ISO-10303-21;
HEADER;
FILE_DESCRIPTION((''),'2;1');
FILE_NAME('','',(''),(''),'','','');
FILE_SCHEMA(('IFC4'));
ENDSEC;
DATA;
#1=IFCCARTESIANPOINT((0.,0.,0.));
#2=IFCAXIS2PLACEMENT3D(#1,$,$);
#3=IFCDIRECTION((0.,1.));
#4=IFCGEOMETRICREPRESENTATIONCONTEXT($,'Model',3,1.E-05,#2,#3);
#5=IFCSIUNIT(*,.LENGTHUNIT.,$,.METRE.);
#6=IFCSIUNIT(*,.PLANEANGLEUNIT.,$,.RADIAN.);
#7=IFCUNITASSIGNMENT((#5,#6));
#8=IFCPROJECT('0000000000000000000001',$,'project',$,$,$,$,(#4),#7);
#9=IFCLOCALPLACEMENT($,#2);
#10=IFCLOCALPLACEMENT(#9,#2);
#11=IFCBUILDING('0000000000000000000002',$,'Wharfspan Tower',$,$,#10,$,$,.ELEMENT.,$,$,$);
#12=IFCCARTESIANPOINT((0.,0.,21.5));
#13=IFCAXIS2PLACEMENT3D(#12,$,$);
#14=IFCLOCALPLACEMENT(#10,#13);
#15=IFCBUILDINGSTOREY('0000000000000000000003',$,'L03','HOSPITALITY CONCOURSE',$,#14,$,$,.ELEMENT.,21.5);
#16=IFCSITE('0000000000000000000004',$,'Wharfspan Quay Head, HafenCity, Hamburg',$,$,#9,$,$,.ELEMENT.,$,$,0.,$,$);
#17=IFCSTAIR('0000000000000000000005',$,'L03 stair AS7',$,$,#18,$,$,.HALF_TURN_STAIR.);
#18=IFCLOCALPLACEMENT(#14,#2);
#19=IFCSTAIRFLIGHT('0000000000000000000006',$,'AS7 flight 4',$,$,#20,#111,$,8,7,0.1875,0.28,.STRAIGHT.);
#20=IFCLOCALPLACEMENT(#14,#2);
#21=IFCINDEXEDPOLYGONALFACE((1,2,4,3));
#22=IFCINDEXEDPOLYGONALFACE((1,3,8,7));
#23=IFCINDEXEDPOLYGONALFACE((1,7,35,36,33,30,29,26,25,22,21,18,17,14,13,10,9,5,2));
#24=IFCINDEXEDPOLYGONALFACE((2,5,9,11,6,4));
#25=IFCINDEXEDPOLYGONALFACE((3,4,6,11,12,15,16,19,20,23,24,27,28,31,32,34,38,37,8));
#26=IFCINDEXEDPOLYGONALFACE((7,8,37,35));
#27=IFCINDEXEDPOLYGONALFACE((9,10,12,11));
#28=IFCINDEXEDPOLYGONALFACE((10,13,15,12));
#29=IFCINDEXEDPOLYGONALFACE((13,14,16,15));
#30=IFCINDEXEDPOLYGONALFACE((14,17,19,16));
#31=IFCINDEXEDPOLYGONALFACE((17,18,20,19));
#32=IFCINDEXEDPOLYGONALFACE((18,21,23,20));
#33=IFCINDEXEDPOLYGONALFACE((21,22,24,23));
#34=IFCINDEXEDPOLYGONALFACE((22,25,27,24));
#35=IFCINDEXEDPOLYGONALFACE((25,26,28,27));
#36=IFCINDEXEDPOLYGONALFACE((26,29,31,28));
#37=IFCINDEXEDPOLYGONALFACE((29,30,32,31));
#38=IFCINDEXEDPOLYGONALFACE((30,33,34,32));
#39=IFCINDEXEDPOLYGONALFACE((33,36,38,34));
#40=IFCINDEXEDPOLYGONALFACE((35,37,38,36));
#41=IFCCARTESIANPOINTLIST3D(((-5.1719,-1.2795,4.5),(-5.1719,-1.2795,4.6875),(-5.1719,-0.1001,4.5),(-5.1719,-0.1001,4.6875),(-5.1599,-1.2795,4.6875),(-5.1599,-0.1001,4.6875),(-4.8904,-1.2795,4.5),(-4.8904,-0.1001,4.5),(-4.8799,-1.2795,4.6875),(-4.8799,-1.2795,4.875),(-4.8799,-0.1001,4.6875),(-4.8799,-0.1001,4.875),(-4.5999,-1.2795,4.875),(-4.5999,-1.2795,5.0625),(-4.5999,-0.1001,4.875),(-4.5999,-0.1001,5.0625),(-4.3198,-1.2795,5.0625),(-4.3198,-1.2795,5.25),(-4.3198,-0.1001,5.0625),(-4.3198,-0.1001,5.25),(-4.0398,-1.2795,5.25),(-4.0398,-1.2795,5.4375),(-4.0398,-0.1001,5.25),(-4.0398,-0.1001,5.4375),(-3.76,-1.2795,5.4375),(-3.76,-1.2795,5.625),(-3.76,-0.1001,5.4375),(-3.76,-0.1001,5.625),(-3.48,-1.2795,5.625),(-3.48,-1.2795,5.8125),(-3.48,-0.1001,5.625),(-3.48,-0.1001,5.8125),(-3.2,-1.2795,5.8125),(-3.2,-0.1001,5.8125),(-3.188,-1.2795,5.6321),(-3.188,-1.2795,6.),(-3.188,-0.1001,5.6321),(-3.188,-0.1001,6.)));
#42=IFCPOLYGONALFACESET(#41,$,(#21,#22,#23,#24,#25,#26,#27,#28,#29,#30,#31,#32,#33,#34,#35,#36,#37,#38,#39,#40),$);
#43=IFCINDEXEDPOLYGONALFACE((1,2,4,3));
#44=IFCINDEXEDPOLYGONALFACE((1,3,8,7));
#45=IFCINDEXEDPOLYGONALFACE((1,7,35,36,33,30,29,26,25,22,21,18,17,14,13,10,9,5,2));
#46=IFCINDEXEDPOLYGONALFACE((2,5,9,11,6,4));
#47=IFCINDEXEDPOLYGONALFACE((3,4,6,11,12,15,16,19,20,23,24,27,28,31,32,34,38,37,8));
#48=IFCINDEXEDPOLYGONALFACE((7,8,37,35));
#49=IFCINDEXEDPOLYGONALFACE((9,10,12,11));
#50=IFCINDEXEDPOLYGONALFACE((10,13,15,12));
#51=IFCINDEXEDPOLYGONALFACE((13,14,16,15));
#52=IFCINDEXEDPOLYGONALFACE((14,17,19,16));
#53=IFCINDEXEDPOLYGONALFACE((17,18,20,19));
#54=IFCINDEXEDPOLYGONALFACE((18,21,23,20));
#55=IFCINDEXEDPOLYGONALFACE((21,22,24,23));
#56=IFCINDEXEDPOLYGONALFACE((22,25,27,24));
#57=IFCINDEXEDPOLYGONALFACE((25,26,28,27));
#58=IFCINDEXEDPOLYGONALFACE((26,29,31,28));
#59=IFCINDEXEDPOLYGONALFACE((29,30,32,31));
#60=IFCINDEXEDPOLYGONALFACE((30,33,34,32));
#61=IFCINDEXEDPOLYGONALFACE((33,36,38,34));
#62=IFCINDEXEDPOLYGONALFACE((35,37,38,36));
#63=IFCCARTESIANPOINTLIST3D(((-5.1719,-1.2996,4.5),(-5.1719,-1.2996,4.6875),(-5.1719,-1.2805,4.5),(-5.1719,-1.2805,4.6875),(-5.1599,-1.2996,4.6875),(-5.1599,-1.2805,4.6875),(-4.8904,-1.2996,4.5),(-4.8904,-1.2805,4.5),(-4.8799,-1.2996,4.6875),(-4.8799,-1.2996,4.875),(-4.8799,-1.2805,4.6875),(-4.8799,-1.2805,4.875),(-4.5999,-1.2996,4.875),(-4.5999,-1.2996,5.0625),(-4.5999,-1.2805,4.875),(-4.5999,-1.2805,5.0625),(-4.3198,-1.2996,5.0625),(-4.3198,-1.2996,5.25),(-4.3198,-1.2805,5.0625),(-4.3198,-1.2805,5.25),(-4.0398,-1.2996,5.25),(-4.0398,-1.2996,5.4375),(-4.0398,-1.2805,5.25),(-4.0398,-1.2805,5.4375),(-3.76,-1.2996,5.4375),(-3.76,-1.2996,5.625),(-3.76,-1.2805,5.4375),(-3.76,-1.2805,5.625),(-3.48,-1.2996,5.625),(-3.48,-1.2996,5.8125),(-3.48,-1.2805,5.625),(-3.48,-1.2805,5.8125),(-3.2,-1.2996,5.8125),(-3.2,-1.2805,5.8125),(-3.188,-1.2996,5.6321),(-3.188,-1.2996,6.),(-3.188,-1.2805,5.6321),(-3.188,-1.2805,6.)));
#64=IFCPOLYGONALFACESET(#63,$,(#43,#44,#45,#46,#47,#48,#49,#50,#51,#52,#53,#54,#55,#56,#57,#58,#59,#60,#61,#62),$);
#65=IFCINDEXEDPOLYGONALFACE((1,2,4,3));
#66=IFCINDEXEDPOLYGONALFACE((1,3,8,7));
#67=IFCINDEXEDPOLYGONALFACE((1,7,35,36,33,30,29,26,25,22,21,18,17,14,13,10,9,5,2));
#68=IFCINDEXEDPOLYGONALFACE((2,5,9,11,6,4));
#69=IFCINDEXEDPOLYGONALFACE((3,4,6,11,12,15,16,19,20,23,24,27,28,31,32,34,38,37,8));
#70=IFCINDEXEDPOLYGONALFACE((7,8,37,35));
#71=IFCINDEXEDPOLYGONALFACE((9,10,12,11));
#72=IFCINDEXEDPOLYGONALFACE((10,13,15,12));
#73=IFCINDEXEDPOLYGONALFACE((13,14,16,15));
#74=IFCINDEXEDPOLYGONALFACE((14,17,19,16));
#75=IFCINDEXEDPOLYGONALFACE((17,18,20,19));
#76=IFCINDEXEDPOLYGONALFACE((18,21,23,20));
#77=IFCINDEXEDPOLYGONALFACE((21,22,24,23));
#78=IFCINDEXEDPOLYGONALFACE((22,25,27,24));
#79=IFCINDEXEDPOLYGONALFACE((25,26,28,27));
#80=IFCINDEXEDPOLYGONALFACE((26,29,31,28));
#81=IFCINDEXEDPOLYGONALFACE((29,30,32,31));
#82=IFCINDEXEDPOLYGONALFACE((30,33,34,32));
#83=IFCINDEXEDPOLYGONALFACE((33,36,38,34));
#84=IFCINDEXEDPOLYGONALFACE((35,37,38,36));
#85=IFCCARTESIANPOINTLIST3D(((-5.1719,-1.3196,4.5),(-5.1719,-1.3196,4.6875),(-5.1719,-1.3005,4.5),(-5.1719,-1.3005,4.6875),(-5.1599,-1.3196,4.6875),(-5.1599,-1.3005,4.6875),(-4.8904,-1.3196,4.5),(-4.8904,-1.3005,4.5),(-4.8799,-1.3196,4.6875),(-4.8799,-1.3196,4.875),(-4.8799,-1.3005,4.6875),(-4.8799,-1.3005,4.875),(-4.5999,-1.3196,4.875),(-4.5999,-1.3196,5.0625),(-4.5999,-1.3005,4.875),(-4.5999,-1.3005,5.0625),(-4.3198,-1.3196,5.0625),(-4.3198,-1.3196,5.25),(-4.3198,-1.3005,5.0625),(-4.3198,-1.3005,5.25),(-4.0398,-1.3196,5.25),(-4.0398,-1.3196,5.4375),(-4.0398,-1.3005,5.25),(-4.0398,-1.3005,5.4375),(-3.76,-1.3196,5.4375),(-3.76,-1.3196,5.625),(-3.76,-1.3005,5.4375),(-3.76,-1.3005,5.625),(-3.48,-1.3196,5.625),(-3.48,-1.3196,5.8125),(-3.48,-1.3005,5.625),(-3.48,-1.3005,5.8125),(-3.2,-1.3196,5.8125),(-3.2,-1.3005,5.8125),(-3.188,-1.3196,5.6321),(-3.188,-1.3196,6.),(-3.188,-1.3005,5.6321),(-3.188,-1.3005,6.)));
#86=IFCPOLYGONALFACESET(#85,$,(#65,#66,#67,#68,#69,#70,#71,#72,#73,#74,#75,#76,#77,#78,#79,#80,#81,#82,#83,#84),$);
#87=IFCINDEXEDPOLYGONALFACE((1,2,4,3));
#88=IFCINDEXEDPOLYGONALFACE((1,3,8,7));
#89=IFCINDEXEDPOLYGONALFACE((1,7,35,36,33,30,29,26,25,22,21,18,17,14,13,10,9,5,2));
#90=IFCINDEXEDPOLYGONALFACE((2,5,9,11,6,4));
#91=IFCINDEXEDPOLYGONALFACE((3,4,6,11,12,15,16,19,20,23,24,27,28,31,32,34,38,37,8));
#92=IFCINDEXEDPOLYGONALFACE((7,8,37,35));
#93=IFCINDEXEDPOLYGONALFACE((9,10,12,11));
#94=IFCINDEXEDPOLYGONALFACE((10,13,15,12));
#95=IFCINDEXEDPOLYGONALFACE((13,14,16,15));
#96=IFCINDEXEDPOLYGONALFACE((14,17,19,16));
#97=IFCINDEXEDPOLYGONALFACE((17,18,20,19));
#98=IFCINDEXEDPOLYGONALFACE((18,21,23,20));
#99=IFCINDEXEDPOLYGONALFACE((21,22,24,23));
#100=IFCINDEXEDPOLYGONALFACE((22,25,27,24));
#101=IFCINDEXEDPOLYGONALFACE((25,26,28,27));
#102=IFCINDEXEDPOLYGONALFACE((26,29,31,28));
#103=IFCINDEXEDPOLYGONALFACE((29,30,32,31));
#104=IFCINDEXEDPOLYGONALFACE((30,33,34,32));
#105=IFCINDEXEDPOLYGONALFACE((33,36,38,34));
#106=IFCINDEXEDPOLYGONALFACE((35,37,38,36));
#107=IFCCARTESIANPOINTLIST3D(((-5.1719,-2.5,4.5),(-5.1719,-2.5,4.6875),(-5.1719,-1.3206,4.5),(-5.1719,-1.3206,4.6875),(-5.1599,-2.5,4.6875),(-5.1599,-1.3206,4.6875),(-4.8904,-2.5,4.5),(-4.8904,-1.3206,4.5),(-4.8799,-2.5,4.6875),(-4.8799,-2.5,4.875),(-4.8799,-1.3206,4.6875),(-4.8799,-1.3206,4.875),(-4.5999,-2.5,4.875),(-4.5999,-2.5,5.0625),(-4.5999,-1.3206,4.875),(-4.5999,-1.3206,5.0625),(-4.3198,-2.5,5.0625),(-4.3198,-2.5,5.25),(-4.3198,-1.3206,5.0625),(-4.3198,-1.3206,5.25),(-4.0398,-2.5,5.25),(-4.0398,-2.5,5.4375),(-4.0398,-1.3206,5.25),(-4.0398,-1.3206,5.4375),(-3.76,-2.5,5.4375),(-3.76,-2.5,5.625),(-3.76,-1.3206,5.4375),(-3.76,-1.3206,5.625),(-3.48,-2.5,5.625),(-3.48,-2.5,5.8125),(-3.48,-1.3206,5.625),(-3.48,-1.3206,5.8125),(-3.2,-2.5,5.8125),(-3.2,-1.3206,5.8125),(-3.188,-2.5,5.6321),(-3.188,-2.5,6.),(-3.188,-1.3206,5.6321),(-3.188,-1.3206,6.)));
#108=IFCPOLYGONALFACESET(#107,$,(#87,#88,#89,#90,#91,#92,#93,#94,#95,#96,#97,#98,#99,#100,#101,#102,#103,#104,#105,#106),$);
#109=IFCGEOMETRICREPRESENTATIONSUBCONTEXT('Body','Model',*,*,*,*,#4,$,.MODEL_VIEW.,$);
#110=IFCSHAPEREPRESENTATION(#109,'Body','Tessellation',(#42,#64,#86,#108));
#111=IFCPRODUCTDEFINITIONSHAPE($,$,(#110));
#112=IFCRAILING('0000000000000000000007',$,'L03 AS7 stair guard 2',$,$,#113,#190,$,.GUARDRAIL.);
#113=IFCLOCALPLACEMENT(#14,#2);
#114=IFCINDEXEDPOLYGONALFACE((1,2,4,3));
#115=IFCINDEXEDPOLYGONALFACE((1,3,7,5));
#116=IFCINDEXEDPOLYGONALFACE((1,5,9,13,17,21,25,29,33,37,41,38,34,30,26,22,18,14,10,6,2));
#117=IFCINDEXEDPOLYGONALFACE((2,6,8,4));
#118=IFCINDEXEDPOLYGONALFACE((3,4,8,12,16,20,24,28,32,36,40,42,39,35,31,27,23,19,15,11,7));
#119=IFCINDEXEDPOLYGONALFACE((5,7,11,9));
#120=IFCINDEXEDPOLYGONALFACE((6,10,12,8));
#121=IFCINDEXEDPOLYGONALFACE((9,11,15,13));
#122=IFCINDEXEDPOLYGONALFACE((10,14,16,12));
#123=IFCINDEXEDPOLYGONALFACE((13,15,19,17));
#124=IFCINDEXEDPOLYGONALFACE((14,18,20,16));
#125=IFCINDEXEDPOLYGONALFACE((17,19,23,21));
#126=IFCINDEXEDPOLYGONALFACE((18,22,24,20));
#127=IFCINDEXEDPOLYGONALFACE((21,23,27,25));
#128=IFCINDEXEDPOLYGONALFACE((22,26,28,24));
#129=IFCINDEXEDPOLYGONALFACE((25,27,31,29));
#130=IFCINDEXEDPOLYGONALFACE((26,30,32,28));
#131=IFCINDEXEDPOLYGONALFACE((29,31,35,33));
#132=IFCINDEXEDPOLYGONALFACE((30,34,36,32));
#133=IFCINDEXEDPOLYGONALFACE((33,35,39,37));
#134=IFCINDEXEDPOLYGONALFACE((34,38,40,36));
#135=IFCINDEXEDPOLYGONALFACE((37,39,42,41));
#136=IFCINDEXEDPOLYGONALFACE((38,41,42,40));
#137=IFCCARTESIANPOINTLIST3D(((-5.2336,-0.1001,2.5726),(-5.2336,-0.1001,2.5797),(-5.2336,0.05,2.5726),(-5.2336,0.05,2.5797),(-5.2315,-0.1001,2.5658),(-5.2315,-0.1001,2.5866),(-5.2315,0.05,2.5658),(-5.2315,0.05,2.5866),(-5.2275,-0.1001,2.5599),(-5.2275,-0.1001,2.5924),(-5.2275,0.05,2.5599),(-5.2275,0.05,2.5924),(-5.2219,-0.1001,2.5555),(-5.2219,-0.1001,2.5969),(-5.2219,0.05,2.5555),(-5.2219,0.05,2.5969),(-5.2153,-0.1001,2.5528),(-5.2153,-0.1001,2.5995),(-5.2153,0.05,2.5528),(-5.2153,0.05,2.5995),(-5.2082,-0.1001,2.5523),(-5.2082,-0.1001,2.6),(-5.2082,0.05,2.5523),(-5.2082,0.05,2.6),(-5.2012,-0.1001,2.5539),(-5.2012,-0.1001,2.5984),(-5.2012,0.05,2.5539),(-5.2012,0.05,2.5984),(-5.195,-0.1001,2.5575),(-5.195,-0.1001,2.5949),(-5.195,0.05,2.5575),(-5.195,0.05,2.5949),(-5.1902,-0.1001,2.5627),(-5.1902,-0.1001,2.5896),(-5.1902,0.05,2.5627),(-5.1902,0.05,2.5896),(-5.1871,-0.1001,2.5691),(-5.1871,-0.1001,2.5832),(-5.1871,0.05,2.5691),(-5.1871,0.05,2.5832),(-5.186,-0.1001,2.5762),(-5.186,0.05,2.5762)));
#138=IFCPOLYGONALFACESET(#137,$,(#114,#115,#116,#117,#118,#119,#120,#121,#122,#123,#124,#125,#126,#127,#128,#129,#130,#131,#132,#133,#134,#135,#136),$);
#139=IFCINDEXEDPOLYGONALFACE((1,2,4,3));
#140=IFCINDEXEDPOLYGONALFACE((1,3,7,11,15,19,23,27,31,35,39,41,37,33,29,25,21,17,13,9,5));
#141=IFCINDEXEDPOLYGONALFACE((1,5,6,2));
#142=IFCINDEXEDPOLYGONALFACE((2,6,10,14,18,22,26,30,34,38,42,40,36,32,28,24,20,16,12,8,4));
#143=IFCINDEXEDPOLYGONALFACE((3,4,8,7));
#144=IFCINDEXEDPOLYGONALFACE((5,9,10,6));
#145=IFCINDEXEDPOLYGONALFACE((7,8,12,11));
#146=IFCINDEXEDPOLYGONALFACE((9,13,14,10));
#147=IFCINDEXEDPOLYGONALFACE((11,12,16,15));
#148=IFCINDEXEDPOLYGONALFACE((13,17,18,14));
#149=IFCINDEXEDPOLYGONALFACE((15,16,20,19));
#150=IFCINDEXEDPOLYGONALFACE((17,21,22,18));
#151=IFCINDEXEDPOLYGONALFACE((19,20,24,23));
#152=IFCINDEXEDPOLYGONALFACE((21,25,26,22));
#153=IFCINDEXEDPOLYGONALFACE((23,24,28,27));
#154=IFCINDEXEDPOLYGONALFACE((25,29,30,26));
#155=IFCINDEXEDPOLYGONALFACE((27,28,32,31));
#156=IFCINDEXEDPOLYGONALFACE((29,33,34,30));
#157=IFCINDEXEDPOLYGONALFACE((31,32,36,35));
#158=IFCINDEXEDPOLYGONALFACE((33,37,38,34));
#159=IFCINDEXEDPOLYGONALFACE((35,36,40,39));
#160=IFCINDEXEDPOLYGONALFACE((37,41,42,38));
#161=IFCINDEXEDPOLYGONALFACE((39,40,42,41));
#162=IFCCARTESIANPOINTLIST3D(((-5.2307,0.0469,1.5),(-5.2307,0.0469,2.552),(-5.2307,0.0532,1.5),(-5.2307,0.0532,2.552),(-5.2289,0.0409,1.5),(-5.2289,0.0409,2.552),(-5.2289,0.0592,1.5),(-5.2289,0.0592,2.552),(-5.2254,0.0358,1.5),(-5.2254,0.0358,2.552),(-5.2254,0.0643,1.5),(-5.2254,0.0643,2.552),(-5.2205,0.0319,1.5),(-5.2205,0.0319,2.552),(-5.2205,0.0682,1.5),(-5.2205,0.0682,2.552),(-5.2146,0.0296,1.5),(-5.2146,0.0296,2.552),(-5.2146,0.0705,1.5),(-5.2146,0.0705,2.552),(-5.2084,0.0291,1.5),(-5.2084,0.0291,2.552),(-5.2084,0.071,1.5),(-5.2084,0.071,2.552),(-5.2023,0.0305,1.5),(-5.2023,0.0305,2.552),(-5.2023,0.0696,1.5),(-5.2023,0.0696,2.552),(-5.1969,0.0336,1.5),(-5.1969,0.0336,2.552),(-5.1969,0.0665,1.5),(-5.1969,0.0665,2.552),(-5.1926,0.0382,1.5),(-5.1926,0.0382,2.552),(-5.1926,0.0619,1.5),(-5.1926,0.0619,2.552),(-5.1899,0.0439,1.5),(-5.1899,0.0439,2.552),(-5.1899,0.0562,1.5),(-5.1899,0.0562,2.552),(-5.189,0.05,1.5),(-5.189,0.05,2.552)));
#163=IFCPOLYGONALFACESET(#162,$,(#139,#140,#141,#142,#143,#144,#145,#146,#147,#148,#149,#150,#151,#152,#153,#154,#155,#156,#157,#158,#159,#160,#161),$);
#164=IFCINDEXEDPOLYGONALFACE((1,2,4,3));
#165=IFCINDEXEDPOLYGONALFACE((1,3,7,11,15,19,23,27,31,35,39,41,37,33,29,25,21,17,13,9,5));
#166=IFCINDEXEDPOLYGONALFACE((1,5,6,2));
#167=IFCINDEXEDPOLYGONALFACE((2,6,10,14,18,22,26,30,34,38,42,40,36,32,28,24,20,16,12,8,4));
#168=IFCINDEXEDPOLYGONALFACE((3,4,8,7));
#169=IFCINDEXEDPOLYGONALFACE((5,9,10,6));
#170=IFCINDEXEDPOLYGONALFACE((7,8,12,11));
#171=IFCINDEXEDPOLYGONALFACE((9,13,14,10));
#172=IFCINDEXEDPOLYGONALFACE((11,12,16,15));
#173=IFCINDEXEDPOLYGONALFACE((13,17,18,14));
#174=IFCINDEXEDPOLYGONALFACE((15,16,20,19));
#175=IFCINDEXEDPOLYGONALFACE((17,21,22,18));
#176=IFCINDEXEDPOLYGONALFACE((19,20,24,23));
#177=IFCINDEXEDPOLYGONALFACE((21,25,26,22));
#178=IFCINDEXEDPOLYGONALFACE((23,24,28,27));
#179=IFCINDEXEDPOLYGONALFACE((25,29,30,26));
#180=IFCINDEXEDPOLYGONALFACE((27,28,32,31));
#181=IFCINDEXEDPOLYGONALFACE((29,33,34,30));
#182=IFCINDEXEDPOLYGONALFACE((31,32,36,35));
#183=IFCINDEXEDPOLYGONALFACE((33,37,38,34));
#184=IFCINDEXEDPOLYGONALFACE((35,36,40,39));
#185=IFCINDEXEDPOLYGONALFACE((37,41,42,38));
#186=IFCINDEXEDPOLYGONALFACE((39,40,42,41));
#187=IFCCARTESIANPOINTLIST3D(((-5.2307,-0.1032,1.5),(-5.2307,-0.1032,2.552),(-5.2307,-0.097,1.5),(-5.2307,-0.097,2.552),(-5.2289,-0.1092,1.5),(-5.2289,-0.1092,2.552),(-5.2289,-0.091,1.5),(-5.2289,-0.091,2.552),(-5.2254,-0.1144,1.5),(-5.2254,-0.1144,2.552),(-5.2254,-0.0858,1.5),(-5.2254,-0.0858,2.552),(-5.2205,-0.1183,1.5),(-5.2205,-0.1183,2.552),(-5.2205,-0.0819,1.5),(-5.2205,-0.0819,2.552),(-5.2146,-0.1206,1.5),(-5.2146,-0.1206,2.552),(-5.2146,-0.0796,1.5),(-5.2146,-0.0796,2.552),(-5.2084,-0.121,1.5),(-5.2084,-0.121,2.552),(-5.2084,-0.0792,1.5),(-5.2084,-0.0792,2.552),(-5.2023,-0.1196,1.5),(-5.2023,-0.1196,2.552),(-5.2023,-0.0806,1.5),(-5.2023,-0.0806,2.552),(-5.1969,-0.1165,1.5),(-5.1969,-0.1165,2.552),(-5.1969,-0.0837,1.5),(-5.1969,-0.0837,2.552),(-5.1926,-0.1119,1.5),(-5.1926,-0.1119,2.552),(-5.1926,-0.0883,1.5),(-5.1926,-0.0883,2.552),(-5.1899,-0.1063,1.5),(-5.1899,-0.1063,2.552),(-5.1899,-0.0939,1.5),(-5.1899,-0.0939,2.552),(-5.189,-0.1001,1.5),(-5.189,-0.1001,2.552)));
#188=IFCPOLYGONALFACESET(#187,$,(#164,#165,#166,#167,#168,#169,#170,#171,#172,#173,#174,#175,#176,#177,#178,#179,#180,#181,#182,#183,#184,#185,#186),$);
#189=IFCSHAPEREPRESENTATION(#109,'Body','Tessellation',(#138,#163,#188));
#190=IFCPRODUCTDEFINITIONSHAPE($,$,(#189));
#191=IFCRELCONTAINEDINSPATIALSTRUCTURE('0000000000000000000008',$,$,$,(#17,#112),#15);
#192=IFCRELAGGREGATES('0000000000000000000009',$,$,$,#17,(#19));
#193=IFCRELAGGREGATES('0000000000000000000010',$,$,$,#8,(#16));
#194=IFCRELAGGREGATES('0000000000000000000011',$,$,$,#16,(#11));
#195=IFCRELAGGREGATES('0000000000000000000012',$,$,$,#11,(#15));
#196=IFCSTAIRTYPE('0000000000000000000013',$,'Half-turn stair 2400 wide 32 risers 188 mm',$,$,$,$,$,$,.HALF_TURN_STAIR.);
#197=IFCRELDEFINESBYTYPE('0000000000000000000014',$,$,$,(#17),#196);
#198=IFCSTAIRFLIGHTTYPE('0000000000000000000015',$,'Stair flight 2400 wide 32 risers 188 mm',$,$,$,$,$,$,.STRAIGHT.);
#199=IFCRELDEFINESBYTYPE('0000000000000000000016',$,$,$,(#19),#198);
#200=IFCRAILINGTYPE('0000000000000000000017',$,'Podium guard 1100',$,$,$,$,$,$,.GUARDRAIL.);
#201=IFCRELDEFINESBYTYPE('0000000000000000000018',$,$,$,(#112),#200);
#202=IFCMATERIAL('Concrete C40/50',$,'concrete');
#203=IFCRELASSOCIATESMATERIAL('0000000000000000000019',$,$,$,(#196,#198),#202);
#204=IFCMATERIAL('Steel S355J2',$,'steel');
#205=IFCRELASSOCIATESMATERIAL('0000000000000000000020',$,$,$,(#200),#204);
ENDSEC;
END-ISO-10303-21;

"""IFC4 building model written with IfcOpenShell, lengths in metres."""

from ifc_helpers import new_model, si_unit, direction, frame, origin, origin_2d, place, context, subcontext, project, spatial, polyline, circle, outline, extrude, material, type_object, element, aggregate, save


model = new_model("IFC4")

# Units and contexts
model_context = context("Model", 3, precision=1e-05, world=origin(), true_north=direction((0.0, 1.0)))
body_context = subcontext(model_context, "Body", "Model", "MODEL_VIEW")
ifc_project = project(units=[si_unit("LENGTHUNIT", "METRE"), si_unit("PLANEANGLEUNIT", "RADIAN")], contexts=[model_context])

# Site, building, storey
site_placement = place(None, origin())
site = spatial("IfcSite", under=ifc_project, at=site_placement, Name="Wharfspan Quay Head, HafenCity, Hamburg", CompositionType="ELEMENT", RefElevation=0.0)
building_placement = place(site_placement, origin())
building = spatial("IfcBuilding", under=site, at=building_placement, Name="Wharfspan Tower", CompositionType="ELEMENT")
storey_placement = place(building_placement, frame((0.0, 0.0, 21.5)))
storey = spatial("IfcBuildingStorey", under=building, at=storey_placement, Name="L03", Description="HOSPITALITY CONCOURSE", CompositionType="ELEMENT", Elevation=21.5)

# Shared definitions
ifc_material_1 = material(Name="Concrete C40/50", Category="concrete")

# Stair, stair flight
stair_type = type_object("IfcStairType", Name="Half-turn stair 2400 wide 32 risers 188 mm", PredefinedType="HALF_TURN_STAIR", material=ifc_material_1)
stair_placement = place(storey_placement, origin())
stair = element("IfcStair", 1, at=stair_placement, inside=storey, type_object=stair_type, Name="L03 stair AS7", PredefinedType="HALF_TURN_STAIR")
stair_flight_type = type_object("IfcStairFlightType", Name="Stair flight 2400 wide 32 risers 188 mm", PredefinedType="STRAIGHT", material=ifc_material_1)
stair_flight_1_placement = place(storey_placement, frame((-5.1599, -1.3, 4.5), z_axis=(0.0, 0.0, 1.0), x_axis=(1.0, 0.0, 0.0)))
stair_flight_1 = element("IfcStairFlight", 2, at=stair_flight_1_placement, type_object=stair_flight_type, Name="AS7 flight 4", NumberOfRisers=8, NumberOfTreads=7, PredefinedType="STRAIGHT", RiserHeight=0.1875, TreadLength=0.28, context=body_context, shape_type="SweptSolid", body=[
    extrude(outline(polyline([(-0.012, 0.0), (-0.012, 0.1875), (0.0, 0.1875), (0.28, 0.1875), (0.28, 0.375), (0.5601, 0.375), (0.5601, 0.5625), (0.8401, 0.5625), (0.8401, 0.75), (1.1201, 0.75), (1.1201, 0.9375), (1.3999, 0.9375), (1.3999, 1.125), (1.6799, 1.125), (1.6799, 1.3125), (1.96, 1.3125), (1.9719, 1.5), (1.9719, 1.1321), (0.2695, 0.0), (-0.012, 0.0)])), frame((0.0, 1.2, 0.0), z_axis=(0.0, -1.0, 0.0), x_axis=(1.0, 0.0, 0.0)), (0.0, 0.0, 1.0), 1.1794),
    extrude(outline(polyline([(-0.012, 0.0), (-0.012, 0.1875), (0.0, 0.1875), (0.28, 0.1875), (0.28, 0.375), (0.5601, 0.375), (0.5601, 0.5625), (0.8401, 0.5625), (0.8401, 0.75), (1.1201, 0.75), (1.1201, 0.9375), (1.3999, 0.9375), (1.3999, 1.125), (1.6799, 1.125), (1.6799, 1.3125), (1.96, 1.3125), (1.9719, 1.5), (1.9719, 1.1321), (0.2695, 0.0), (-0.012, 0.0)])), frame((0.0, 0.0195, 0.0), z_axis=(0.0, -1.0, 0.0), x_axis=(1.0, 0.0, 0.0)), (0.0, 0.0, 1.0), 0.019),
    extrude(outline(polyline([(-0.012, 0.0), (-0.012, 0.1875), (0.0, 0.1875), (0.28, 0.1875), (0.28, 0.375), (0.5601, 0.375), (0.5601, 0.5625), (0.8401, 0.5625), (0.8401, 0.75), (1.1201, 0.75), (1.1201, 0.9375), (1.3999, 0.9375), (1.3999, 1.125), (1.6799, 1.125), (1.6799, 1.3125), (1.96, 1.3125), (1.9719, 1.5), (1.9719, 1.1321), (0.2695, 0.0), (-0.012, 0.0)])), frame((0.0, -0.0005, 0.0), z_axis=(0.0, -1.0, 0.0), x_axis=(1.0, 0.0, 0.0)), (0.0, 0.0, 1.0), 0.019),
    extrude(outline(polyline([(-0.012, 0.0), (-0.012, 0.1875), (0.0, 0.1875), (0.28, 0.1875), (0.28, 0.375), (0.5601, 0.375), (0.5601, 0.5625), (0.8401, 0.5625), (0.8401, 0.75), (1.1201, 0.75), (1.1201, 0.9375), (1.3999, 0.9375), (1.3999, 1.125), (1.6799, 1.125), (1.6799, 1.3125), (1.96, 1.3125), (1.9719, 1.5), (1.9719, 1.1321), (0.2695, 0.0), (-0.012, 0.0)])), frame((0.0, -0.0205, 0.0), z_axis=(0.0, -1.0, 0.0), x_axis=(1.0, 0.0, 0.0)), (0.0, 0.0, 1.0), 1.1794),
])
aggregate(stair, [stair_flight_1])

# Railing
ifc_material_2 = material(Name="Steel S355J2", Category="steel")
railing_type_1 = type_object("IfcRailingType", Name="Podium guard 1100", PredefinedType="GUARDRAIL", material=ifc_material_2)
railing_1_placement = place(storey_placement, frame((-5.21, 0.05, 1.5)))
element("IfcRailing", 3, at=railing_1_placement, inside=storey, type_object=railing_type_1, Name="L03 AS7 stair guard 2", PredefinedType="GUARDRAIL", context=body_context, shape_type="SweptSolid", body=[
    extrude(circle(Radius=0.0239, at=origin_2d()), frame((0.0, 0.0, 1.0762), z_axis=(0.0, -1.0, 0.0), x_axis=(1.0, 0.0, 0.0)), (0.0, 0.0, 1.0), 0.1501),
    extrude(circle(Radius=0.021, at=origin_2d()), origin(), (0.0, 0.0, 1.0), 1.052),
    extrude(circle(Radius=0.021, at=origin_2d()), frame((0.0, -0.1501, 0.0)), (0.0, 0.0, 1.0), 1.052),
])

save(model, "model.ifc")
